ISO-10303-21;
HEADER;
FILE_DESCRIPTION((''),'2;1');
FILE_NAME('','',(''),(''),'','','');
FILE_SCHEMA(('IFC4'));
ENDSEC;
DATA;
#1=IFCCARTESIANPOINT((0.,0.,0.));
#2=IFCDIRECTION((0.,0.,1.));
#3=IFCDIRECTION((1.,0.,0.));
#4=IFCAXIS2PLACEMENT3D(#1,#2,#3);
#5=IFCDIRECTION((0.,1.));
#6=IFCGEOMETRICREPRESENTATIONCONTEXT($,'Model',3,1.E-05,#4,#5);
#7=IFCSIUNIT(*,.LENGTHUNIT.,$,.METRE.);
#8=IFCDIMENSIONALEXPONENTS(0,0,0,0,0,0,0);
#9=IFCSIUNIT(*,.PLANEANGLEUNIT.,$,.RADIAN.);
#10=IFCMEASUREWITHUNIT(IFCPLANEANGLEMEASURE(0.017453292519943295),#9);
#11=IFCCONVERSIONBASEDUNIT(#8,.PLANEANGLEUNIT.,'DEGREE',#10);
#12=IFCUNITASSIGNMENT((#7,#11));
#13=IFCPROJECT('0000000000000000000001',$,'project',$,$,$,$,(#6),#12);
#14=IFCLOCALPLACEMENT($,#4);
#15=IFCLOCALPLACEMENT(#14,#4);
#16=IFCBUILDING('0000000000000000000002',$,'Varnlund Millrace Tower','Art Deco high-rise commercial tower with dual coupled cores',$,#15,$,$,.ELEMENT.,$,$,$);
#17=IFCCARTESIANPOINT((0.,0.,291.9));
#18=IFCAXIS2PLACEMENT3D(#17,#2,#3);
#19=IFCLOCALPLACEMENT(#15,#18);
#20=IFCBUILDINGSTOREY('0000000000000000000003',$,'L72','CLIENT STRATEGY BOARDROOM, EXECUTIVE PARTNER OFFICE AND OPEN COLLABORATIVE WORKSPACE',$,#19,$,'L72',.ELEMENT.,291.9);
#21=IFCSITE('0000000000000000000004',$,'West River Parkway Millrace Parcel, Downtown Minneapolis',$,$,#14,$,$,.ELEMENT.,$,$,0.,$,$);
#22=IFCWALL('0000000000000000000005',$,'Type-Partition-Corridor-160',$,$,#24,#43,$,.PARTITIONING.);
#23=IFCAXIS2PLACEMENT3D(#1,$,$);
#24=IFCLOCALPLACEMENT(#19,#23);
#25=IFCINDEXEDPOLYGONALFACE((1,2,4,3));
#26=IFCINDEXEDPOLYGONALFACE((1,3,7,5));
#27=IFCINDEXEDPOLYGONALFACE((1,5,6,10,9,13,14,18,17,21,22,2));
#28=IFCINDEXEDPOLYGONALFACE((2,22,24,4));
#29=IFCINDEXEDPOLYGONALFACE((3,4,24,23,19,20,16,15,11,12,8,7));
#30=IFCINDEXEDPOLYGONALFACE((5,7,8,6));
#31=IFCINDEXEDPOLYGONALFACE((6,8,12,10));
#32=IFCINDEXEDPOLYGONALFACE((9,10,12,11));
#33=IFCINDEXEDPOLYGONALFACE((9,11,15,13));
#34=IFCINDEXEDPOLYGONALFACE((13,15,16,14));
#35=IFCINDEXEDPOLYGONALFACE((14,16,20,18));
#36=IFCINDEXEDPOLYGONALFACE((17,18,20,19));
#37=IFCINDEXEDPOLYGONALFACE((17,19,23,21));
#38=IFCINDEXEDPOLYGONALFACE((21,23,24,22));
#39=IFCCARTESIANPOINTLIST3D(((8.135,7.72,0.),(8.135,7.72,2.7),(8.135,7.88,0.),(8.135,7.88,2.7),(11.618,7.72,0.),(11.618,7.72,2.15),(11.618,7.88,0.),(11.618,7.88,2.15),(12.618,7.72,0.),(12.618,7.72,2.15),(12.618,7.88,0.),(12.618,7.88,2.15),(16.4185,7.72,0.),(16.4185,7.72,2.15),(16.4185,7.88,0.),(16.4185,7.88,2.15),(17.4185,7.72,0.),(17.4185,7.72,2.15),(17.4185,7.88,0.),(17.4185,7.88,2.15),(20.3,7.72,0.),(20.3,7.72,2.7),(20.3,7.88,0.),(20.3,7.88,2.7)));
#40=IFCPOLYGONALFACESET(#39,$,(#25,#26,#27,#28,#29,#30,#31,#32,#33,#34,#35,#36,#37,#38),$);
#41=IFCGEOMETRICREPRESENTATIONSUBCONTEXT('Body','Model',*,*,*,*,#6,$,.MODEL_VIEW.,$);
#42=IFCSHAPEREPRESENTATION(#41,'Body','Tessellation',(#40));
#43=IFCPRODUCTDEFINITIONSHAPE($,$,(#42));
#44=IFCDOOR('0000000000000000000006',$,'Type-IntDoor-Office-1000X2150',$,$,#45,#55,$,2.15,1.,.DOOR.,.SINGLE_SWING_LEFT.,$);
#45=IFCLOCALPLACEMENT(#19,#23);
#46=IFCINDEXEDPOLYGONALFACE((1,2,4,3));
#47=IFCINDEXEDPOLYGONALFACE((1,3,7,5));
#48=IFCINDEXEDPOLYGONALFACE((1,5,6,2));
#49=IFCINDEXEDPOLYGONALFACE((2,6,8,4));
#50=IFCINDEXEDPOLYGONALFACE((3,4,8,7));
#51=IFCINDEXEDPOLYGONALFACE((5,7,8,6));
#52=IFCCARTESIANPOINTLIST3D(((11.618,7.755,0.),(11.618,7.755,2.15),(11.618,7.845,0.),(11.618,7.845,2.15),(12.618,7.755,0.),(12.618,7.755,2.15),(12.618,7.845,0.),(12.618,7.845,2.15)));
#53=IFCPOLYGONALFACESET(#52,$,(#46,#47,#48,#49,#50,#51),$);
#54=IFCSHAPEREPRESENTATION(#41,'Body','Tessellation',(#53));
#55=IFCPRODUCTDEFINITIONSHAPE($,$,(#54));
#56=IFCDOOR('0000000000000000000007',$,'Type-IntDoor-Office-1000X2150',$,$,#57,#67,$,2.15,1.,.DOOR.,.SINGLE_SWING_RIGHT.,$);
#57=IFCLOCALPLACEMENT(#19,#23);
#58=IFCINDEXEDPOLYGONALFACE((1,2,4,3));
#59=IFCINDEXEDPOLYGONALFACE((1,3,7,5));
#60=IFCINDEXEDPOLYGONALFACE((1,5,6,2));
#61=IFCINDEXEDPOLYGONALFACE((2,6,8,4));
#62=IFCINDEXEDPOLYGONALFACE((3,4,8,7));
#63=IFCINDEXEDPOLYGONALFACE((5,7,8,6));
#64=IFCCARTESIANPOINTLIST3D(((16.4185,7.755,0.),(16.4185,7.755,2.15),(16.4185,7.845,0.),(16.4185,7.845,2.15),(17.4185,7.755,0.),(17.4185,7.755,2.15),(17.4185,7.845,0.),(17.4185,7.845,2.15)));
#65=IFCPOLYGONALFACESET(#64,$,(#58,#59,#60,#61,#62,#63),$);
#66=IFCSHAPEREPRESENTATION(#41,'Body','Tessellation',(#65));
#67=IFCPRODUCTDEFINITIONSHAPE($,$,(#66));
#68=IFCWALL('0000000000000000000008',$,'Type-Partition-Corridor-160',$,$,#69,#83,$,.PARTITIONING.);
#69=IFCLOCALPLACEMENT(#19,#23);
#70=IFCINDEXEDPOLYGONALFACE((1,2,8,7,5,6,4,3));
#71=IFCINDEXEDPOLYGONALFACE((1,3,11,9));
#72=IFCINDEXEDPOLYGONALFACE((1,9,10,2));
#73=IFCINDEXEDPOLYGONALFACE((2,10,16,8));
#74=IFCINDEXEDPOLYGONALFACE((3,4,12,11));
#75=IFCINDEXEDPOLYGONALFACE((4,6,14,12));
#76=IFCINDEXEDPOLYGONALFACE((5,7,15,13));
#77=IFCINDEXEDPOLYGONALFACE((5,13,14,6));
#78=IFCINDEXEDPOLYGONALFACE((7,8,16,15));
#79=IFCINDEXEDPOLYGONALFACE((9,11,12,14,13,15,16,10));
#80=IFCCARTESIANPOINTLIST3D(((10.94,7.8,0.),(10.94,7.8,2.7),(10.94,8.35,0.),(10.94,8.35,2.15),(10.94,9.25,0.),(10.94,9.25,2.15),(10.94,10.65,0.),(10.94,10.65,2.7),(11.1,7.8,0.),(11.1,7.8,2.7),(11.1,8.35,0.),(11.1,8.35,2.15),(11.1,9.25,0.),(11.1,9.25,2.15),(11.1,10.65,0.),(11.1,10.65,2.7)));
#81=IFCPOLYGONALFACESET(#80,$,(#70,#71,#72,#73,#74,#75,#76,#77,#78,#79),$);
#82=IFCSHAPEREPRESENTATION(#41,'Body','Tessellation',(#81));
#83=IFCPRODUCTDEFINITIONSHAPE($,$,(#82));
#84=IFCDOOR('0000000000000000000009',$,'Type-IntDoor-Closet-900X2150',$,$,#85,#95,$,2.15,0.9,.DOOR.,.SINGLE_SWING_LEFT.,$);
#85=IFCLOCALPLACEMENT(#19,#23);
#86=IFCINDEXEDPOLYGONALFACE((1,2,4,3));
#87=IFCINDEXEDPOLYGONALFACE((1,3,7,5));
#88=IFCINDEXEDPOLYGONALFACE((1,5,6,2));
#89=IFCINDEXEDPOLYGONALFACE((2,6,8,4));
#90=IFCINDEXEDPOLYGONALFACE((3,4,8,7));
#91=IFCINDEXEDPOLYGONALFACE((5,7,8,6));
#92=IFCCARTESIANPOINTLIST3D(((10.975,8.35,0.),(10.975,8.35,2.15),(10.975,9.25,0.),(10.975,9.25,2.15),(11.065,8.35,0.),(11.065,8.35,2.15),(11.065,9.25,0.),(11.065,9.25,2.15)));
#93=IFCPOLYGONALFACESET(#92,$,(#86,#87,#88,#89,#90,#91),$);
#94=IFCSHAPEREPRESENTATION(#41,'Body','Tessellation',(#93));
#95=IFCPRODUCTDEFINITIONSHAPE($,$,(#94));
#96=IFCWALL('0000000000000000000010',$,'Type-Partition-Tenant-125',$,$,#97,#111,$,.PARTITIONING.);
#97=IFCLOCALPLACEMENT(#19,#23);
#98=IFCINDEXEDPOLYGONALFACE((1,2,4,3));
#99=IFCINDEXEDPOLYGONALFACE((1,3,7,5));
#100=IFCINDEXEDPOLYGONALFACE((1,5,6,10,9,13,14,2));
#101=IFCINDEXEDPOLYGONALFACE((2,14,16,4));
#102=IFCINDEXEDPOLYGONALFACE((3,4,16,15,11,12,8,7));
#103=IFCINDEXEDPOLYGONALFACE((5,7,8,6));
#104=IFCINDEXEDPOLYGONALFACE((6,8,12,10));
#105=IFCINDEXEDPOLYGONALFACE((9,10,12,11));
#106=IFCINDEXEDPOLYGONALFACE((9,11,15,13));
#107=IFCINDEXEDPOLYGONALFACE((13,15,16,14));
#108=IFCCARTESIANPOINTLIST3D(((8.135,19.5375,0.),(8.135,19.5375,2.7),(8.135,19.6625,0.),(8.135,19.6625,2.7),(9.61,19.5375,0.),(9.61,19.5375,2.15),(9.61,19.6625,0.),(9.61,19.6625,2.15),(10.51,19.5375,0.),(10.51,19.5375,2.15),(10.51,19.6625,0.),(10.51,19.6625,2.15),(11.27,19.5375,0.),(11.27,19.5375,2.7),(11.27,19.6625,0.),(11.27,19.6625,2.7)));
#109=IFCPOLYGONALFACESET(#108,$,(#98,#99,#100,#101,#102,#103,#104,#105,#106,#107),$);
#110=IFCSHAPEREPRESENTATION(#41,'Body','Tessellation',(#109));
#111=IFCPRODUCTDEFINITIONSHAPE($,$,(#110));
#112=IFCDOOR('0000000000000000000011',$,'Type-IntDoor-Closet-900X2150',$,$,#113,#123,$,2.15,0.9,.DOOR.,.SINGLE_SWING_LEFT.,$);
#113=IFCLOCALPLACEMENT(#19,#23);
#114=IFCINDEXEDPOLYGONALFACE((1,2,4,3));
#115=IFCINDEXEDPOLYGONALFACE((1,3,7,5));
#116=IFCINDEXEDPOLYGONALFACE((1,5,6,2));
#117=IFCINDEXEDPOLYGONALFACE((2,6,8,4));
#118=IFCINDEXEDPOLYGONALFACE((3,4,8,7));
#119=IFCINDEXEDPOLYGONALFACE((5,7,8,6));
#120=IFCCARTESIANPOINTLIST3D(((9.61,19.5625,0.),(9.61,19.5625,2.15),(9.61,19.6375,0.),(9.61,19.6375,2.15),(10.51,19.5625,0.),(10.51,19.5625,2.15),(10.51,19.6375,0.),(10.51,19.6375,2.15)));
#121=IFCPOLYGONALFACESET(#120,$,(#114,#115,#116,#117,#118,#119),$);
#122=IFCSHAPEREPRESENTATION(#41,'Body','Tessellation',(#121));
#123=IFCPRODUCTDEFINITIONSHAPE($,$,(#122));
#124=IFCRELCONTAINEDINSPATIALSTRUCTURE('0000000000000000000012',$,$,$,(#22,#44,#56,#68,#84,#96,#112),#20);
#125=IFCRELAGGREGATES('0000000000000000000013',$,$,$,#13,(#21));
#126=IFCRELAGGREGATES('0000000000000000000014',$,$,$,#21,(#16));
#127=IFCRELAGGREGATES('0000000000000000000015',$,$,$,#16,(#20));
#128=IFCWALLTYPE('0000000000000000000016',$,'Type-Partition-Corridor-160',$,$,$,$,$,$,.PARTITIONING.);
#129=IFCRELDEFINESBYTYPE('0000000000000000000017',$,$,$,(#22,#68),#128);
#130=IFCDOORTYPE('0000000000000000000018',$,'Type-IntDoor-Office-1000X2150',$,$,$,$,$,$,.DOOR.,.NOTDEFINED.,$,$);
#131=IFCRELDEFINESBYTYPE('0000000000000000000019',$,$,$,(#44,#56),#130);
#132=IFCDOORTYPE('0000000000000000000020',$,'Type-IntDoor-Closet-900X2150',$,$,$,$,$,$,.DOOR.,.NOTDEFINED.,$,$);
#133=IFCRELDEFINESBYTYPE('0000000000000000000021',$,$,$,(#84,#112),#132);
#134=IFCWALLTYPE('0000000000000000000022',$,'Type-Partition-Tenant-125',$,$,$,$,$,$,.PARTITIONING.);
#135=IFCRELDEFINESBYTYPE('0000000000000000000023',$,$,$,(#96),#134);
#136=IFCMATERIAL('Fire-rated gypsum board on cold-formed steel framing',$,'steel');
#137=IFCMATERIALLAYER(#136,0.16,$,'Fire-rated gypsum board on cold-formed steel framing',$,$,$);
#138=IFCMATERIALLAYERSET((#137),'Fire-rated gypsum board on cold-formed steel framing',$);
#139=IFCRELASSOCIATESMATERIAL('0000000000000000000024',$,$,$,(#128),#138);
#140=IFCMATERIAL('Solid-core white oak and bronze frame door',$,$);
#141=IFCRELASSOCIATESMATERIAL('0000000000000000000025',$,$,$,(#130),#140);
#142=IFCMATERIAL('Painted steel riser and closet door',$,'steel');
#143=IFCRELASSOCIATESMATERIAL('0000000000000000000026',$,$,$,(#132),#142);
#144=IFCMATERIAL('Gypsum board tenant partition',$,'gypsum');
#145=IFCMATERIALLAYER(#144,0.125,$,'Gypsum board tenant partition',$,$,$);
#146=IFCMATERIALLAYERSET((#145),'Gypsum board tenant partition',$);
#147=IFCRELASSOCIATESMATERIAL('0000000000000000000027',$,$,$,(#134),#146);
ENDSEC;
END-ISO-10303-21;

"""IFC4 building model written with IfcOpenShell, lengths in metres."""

from ifc_helpers import new_model, entity, si_unit, converted_unit, direction, frame, origin_with_axes, origin_2d_with_axis, place, context, subcontext, project, spatial, polyline, rectangle, outline, extrude, material, layer, layer_set, type_object, element, fill, save


model = new_model("IFC4")

# Units and contexts
model_context = context("Model", 3, precision=1e-05, world=origin_with_axes(), true_north=direction((0.0, 1.0)))
body_context = subcontext(model_context, "Body", "Model", "MODEL_VIEW")
ifc_project = project(units=[si_unit("LENGTHUNIT", "METRE"), converted_unit("PLANEANGLEUNIT", "DEGREE", entity("IfcPlaneAngleMeasure", 0.017453292519943295), si_unit("PLANEANGLEUNIT", "RADIAN"), dimensions=[0, 0, 0, 0, 0, 0, 0])], contexts=[model_context])

# Site, building, storey
site_placement = place(None, origin_with_axes())
site = spatial("IfcSite", under=ifc_project, at=site_placement, Name="West River Parkway Millrace Parcel, Downtown Minneapolis", CompositionType="ELEMENT", RefElevation=0.0)
building_placement = place(site_placement, origin_with_axes())
building = spatial("IfcBuilding", under=site, at=building_placement, Name="Varnlund Millrace Tower", Description="Art Deco high-rise commercial tower with dual coupled cores", CompositionType="ELEMENT")
storey_placement = place(building_placement, frame((0.0, 0.0, 291.9), z_axis=(0.0, 0.0, 1.0), x_axis=(1.0, 0.0, 0.0)))
storey = spatial("IfcBuildingStorey", under=building, at=storey_placement, Name="L72", Description="CLIENT STRATEGY BOARDROOM, EXECUTIVE PARTNER OFFICE AND OPEN COLLABORATIVE WORKSPACE", LongName="L72", CompositionType="ELEMENT", Elevation=291.9)

# Wall, openings, doors
ifc_material_1 = material(Name="Fire-rated gypsum board on cold-formed steel framing", Category="steel")
ifc_layer_1 = layer(ifc_material_1, 0.16, Name="Fire-rated gypsum board on cold-formed steel framing")
ifc_layer_set_1 = layer_set([ifc_layer_1], Name="Fire-rated gypsum board on cold-formed steel framing")
wall_type_1 = type_object("IfcWallType", Name="Type-Partition-Corridor-160", PredefinedType="PARTITIONING", material=ifc_layer_set_1)
wall_1_placement = place(storey_placement, frame((8.135, 7.8, 0.0), z_axis=(0.0, 0.0, 1.0), x_axis=(1.0, 0.0, 0.0)))
wall_1 = element("IfcWall", 1, at=wall_1_placement, inside=storey, type_object=wall_type_1, Name="Type-Partition-Corridor-160", PredefinedType="PARTITIONING", context=body_context, shape_type="SweptSolid", body=[
    extrude(outline(polyline([(0.0, -0.08), (12.165, -0.08), (12.165, 0.08), (0.0, 0.08), (0.0, -0.08)])), origin_with_axes(), (0.0, 0.0, 1.0), 2.7),
])
opening_1_placement = place(wall_1_placement, frame((3.983, 0.0, 0.0), z_axis=(0.0, 0.0, 1.0), x_axis=(1.0, 0.0, 0.0)))
opening_1 = element("IfcOpeningElement", 2, at=opening_1_placement, cuts=wall_1, PredefinedType="OPENING", context=body_context, shape_type="SweptSolid", body=[
    extrude(rectangle(XDim=1.0, YDim=0.18, at=origin_2d_with_axis()), origin_with_axes(), (0.0, 0.0, 1.0), 2.15),
])
opening_2_placement = place(wall_1_placement, frame((8.7835, 0.0, 0.0), z_axis=(0.0, 0.0, 1.0), x_axis=(1.0, 0.0, 0.0)))
opening_2 = element("IfcOpeningElement", 3, at=opening_2_placement, cuts=wall_1, PredefinedType="OPENING", context=body_context, shape_type="SweptSolid", body=[
    extrude(rectangle(XDim=1.0, YDim=0.18, at=origin_2d_with_axis()), origin_with_axes(), (0.0, 0.0, 1.0), 2.15),
])
ifc_material_2 = material(Name="Solid-core white oak and bronze frame door")
door_type_1 = type_object("IfcDoorType", Name="Type-IntDoor-Office-1000X2150", OperationType="NOTDEFINED", PredefinedType="DOOR", material=ifc_material_2)
door_1_placement = place(wall_1_placement, frame((3.983, 0.0, 0.0), z_axis=(0.0, 0.0, 1.0), x_axis=(1.0, 0.0, 0.0)))
door_1 = element("IfcDoor", 4, at=door_1_placement, inside=storey, type_object=door_type_1, Name="Type-IntDoor-Office-1000X2150", OperationType="SINGLE_SWING_LEFT", OverallHeight=2.15, OverallWidth=1.0, PredefinedType="DOOR", context=body_context, shape_type="SweptSolid", body=[
    extrude(rectangle(XDim=1.0, YDim=0.09, at=origin_2d_with_axis()), origin_with_axes(), (0.0, 0.0, 1.0), 2.15),
])
fill(opening_1, door_1)
door_2_placement = place(wall_1_placement, frame((8.7835, 0.0, 0.0), z_axis=(0.0, 0.0, 1.0), x_axis=(1.0, 0.0, 0.0)))
door_2 = element("IfcDoor", 5, at=door_2_placement, inside=storey, type_object=door_type_1, Name="Type-IntDoor-Office-1000X2150", OperationType="SINGLE_SWING_RIGHT", OverallHeight=2.15, OverallWidth=1.0, PredefinedType="DOOR", context=body_context, shape_type="SweptSolid", body=[
    extrude(rectangle(XDim=1.0, YDim=0.09, at=origin_2d_with_axis()), origin_with_axes(), (0.0, 0.0, 1.0), 2.15),
])
fill(opening_2, door_2)

# Walls, openings, doors
wall_2_placement = place(storey_placement, frame((11.02, 7.8, 0.0), z_axis=(0.0, 0.0, 1.0), x_axis=(0.0, 1.0, 0.0)))
wall_2 = element("IfcWall", 6, at=wall_2_placement, inside=storey, type_object=wall_type_1, Name="Type-Partition-Corridor-160", PredefinedType="PARTITIONING", context=body_context, shape_type="SweptSolid", body=[
    extrude(outline(polyline([(0.0, -0.08), (2.85, -0.08), (2.85, 0.08), (0.0, 0.08), (0.0, -0.08)])), origin_with_axes(), (0.0, 0.0, 1.0), 2.7),
])
opening_3_placement = place(wall_2_placement, frame((1.0, 0.0, 0.0), z_axis=(0.0, 0.0, 1.0), x_axis=(1.0, 0.0, 0.0)))
opening_3 = element("IfcOpeningElement", 7, at=opening_3_placement, cuts=wall_2, PredefinedType="OPENING", context=body_context, shape_type="SweptSolid", body=[
    extrude(rectangle(XDim=0.9, YDim=0.18, at=origin_2d_with_axis()), origin_with_axes(), (0.0, 0.0, 1.0), 2.15),
])
ifc_material_3 = material(Name="Painted steel riser and closet door", Category="steel")
door_type_2 = type_object("IfcDoorType", Name="Type-IntDoor-Closet-900X2150", OperationType="NOTDEFINED", PredefinedType="DOOR", material=ifc_material_3)
door_3_placement = place(wall_2_placement, frame((1.0, 0.0, 0.0), z_axis=(0.0, 0.0, 1.0), x_axis=(1.0, 0.0, 0.0)))
door_3 = element("IfcDoor", 8, at=door_3_placement, inside=storey, type_object=door_type_2, Name="Type-IntDoor-Closet-900X2150", OperationType="SINGLE_SWING_LEFT", OverallHeight=2.15, OverallWidth=0.9, PredefinedType="DOOR", context=body_context, shape_type="SweptSolid", body=[
    extrude(rectangle(XDim=0.9, YDim=0.09, at=origin_2d_with_axis()), origin_with_axes(), (0.0, 0.0, 1.0), 2.15),
])
fill(opening_3, door_3)
ifc_material_4 = material(Name="Gypsum board tenant partition", Category="gypsum")
ifc_layer_2 = layer(ifc_material_4, 0.125, Name="Gypsum board tenant partition")
ifc_layer_set_2 = layer_set([ifc_layer_2], Name="Gypsum board tenant partition")
wall_type_2 = type_object("IfcWallType", Name="Type-Partition-Tenant-125", PredefinedType="PARTITIONING", material=ifc_layer_set_2)
wall_3_placement = place(storey_placement, frame((8.135, 19.6, 0.0), z_axis=(0.0, 0.0, 1.0), x_axis=(1.0, 0.0, 0.0)))
wall_3 = element("IfcWall", 9, at=wall_3_placement, inside=storey, type_object=wall_type_2, Name="Type-Partition-Tenant-125", PredefinedType="PARTITIONING", context=body_context, shape_type="SweptSolid", body=[
    extrude(outline(polyline([(0.0, -0.0625), (3.135, -0.0625), (3.135, 0.0625), (0.0, 0.0625), (0.0, -0.0625)])), origin_with_axes(), (0.0, 0.0, 1.0), 2.7),
])
opening_4_placement = place(wall_3_placement, frame((1.925, 0.0, 0.0), z_axis=(0.0, 0.0, 1.0), x_axis=(1.0, 0.0, 0.0)))
opening_4 = element("IfcOpeningElement", 10, at=opening_4_placement, cuts=wall_3, PredefinedType="OPENING", context=body_context, shape_type="SweptSolid", body=[
    extrude(rectangle(XDim=0.9, YDim=0.145, at=origin_2d_with_axis()), origin_with_axes(), (0.0, 0.0, 1.0), 2.15),
])
door_4_placement = place(wall_3_placement, frame((1.925, 0.0, 0.0), z_axis=(0.0, 0.0, 1.0), x_axis=(1.0, 0.0, 0.0)))
door_4 = element("IfcDoor", 11, at=door_4_placement, inside=storey, type_object=door_type_2, Name="Type-IntDoor-Closet-900X2150", OperationType="SINGLE_SWING_LEFT", OverallHeight=2.15, OverallWidth=0.9, PredefinedType="DOOR", context=body_context, shape_type="SweptSolid", body=[
    extrude(rectangle(XDim=0.9, YDim=0.075, at=origin_2d_with_axis()), origin_with_axes(), (0.0, 0.0, 1.0), 2.15),
])
fill(opening_4, door_4)

save(model, "model.ifc")
